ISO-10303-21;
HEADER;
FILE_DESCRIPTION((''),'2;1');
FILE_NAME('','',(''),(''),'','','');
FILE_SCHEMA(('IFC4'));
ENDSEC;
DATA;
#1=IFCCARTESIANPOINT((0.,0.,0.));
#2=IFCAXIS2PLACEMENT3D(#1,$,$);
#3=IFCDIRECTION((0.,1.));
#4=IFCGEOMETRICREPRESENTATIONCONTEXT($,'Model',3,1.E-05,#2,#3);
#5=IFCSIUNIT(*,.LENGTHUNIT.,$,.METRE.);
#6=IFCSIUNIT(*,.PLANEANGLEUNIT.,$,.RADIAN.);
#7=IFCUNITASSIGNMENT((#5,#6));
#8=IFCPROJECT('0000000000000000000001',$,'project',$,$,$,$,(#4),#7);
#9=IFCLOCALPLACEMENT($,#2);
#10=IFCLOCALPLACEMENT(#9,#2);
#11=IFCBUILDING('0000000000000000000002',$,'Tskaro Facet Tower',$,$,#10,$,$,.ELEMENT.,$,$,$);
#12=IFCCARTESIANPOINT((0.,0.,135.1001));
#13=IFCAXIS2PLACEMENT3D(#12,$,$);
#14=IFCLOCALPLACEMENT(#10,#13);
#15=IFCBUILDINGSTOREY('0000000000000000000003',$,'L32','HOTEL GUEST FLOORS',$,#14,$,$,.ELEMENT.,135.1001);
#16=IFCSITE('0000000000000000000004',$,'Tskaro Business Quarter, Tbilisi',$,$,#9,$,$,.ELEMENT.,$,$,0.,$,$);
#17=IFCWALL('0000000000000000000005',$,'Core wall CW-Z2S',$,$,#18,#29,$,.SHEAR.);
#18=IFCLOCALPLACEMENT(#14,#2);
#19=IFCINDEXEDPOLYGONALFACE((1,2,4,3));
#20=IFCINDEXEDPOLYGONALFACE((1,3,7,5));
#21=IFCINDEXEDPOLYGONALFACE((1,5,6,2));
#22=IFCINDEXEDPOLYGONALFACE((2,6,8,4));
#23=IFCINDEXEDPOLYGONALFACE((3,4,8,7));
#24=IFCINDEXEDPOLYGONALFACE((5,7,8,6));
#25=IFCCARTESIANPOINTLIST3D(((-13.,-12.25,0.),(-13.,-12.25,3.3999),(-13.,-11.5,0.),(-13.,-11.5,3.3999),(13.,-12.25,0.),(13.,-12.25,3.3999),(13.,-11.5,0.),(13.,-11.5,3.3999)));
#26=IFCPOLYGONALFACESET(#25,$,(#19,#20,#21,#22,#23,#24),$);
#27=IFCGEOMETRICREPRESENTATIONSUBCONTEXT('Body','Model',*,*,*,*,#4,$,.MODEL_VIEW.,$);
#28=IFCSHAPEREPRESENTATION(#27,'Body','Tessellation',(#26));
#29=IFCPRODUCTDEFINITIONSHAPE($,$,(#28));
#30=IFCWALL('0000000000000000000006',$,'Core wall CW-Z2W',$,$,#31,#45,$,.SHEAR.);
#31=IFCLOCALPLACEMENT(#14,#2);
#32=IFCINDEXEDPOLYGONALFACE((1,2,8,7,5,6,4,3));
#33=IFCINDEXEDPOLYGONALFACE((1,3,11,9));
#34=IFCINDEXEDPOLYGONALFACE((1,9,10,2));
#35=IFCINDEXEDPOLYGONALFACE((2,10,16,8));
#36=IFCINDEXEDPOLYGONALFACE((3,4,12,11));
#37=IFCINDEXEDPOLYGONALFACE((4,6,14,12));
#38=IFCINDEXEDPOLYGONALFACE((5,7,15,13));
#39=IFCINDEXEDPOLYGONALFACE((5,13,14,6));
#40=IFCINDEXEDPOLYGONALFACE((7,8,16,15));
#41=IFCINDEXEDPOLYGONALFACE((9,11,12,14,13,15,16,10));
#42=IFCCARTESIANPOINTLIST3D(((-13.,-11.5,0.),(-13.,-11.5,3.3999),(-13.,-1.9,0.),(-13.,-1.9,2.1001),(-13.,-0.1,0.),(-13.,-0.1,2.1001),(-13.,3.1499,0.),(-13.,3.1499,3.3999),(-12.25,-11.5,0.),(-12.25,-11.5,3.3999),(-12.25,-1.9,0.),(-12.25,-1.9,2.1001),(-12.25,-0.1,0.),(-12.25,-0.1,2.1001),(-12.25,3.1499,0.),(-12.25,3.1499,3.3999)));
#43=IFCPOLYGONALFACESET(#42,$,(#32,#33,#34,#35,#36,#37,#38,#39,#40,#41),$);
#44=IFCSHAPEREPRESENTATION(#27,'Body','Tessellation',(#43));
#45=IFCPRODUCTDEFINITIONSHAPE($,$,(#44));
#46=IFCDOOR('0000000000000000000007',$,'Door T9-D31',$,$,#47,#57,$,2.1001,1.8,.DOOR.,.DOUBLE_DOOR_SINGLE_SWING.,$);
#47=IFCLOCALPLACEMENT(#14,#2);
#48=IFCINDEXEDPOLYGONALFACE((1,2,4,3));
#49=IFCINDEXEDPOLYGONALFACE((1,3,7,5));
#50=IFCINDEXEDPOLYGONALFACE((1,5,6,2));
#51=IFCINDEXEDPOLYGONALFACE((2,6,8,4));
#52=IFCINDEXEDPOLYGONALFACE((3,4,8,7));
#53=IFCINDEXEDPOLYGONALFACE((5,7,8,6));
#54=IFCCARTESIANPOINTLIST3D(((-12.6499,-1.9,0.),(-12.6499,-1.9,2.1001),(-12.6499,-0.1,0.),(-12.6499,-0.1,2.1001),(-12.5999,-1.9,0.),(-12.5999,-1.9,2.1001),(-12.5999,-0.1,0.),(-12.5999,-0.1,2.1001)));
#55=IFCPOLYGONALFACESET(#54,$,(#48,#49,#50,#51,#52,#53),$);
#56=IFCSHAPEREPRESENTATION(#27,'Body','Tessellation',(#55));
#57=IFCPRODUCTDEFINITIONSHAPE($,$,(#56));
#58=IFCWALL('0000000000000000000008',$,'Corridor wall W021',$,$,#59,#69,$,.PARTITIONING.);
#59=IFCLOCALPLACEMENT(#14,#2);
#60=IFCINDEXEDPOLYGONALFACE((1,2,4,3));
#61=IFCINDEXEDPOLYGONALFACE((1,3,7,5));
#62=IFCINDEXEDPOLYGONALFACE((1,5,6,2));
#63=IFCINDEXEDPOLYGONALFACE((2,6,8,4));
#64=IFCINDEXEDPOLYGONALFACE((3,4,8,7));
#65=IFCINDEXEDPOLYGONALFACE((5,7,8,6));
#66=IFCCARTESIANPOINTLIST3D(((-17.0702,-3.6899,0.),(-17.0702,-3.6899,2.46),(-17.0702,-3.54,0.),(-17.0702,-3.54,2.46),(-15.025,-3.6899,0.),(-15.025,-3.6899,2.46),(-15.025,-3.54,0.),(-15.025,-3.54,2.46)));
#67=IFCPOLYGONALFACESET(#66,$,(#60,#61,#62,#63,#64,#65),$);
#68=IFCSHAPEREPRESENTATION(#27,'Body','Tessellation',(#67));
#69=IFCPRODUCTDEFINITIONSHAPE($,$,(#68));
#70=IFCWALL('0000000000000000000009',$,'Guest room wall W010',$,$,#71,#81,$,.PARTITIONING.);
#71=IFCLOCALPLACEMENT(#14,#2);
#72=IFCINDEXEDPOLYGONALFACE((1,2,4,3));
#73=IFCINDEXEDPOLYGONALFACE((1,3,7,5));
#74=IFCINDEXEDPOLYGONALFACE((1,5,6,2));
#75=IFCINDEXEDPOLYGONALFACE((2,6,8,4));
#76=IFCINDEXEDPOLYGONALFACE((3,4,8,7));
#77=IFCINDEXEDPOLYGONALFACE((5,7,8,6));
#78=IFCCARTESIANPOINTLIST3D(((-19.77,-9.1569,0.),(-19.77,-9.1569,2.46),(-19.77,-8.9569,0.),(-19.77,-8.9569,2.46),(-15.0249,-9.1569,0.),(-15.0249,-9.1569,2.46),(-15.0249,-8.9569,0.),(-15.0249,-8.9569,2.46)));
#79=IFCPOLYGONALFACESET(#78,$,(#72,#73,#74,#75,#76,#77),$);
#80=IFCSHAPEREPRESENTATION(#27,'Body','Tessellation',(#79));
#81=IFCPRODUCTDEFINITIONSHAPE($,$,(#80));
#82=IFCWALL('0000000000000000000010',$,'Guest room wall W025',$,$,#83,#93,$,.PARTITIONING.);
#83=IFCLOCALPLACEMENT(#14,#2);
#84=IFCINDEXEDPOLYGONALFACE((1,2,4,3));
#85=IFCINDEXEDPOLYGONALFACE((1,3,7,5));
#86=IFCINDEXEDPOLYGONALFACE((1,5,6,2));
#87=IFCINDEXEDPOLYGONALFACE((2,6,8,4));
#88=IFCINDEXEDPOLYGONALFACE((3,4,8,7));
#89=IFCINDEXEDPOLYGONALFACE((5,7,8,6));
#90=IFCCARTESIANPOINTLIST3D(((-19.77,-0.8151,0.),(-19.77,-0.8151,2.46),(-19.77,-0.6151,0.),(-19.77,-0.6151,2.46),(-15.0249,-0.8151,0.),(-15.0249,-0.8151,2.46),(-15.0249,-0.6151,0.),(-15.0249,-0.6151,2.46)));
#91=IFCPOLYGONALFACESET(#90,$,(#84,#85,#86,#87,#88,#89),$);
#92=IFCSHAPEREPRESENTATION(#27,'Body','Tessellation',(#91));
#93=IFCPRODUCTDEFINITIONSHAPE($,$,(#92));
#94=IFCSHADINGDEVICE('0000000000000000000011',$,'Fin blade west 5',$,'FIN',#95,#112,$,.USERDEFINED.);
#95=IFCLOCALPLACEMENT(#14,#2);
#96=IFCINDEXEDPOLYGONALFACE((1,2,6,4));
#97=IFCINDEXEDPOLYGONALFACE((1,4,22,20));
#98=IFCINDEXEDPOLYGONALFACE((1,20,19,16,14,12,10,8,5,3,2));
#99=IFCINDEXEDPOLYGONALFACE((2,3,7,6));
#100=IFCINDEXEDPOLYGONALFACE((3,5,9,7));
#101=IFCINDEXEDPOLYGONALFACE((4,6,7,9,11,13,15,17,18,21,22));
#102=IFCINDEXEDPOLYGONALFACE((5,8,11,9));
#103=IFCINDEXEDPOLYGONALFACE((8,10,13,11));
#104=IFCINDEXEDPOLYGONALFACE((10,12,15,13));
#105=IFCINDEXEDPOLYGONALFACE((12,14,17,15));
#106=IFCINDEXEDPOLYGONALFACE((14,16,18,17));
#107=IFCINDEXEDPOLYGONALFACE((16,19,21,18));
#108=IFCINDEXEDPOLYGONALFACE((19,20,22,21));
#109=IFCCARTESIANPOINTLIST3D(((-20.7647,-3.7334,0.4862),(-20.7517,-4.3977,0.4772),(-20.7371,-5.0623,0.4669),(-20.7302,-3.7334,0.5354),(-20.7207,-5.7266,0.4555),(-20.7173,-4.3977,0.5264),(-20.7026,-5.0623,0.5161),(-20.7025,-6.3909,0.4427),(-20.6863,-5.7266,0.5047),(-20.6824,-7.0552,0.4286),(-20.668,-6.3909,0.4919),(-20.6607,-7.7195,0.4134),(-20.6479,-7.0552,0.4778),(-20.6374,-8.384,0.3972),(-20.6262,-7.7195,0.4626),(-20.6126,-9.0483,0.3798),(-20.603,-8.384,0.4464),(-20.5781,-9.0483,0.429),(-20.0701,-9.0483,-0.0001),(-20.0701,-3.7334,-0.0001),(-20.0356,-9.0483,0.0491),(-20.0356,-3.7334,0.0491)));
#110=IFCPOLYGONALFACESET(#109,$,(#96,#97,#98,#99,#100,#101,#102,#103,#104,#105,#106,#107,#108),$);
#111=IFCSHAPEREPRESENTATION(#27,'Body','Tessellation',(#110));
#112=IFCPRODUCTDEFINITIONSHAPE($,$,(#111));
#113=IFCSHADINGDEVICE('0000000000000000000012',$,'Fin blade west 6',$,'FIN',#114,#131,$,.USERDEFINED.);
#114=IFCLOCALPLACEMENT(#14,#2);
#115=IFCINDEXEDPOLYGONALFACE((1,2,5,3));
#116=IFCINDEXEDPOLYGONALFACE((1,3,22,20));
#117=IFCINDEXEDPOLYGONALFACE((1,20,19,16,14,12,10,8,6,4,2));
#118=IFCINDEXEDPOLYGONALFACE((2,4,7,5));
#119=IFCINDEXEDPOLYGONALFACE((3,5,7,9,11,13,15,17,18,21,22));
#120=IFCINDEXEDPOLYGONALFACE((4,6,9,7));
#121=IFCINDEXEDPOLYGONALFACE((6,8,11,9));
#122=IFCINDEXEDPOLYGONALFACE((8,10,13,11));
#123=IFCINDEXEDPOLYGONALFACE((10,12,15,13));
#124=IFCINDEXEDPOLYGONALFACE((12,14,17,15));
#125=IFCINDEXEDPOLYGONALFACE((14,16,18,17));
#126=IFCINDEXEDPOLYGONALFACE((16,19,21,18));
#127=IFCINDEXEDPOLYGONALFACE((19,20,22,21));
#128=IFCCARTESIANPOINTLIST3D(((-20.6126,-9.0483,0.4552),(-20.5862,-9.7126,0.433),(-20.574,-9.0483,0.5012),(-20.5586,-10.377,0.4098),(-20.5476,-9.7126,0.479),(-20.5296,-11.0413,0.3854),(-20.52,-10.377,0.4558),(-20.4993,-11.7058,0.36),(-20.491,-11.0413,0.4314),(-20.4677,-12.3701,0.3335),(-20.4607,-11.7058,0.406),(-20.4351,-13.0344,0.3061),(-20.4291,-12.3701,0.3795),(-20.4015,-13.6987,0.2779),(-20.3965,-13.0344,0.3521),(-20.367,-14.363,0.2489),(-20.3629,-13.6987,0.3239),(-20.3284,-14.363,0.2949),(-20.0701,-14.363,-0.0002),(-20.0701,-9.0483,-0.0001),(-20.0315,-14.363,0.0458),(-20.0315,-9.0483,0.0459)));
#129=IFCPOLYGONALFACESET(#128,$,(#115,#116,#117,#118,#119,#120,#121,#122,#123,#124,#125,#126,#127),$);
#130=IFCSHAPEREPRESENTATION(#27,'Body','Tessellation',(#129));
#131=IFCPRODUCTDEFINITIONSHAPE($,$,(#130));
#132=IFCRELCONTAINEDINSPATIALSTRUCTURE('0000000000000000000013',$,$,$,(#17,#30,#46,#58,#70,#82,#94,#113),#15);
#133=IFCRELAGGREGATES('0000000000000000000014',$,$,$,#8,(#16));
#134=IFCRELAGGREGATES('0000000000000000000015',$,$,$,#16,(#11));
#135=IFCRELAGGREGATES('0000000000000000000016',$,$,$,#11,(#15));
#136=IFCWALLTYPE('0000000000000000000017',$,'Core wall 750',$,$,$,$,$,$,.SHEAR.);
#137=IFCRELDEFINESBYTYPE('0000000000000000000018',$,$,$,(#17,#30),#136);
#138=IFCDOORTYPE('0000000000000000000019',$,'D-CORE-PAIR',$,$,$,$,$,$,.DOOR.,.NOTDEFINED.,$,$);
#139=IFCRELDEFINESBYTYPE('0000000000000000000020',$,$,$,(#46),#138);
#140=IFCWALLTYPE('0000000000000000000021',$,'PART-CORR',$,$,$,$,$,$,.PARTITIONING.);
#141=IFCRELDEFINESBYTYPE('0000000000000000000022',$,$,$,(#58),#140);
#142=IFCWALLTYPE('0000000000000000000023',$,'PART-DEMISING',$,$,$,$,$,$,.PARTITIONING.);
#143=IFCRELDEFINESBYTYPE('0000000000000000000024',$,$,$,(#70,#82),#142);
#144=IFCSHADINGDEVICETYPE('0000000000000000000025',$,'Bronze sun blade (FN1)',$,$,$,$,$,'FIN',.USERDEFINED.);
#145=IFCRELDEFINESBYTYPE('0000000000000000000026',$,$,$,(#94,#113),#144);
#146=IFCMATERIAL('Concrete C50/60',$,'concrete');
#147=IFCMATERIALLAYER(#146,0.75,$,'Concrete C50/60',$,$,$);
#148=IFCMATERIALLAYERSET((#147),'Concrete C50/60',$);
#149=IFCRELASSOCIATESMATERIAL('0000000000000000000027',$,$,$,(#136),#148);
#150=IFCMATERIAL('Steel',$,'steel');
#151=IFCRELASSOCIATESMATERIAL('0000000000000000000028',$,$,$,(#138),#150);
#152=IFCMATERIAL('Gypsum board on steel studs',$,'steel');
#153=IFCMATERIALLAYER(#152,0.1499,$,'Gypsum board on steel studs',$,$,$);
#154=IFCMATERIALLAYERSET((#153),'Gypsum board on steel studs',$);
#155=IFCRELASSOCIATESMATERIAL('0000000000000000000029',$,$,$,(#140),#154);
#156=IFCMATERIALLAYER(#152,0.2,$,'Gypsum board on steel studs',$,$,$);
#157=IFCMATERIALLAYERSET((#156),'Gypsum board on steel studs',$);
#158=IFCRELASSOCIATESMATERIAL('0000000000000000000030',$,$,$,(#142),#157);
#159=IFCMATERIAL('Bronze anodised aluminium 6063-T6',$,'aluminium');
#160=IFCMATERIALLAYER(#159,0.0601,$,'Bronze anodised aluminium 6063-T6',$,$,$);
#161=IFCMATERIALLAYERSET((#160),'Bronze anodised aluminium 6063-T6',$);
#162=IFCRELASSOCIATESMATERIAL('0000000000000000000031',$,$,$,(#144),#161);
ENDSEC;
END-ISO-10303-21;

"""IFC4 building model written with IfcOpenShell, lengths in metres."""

from ifc_helpers import new_model, si_unit, direction, frame, frame_2d, origin, place, context, subcontext, project, spatial, polyline, rectangle, outline, extrude, material, layer, layer_set, type_object, element, fill, save


model = new_model("IFC4")

# Units and contexts
model_context = context("Model", 3, precision=1e-05, world=origin(), true_north=direction((0.0, 1.0)))
body_context = subcontext(model_context, "Body", "Model", "MODEL_VIEW")
ifc_project = project(units=[si_unit("LENGTHUNIT", "METRE"), si_unit("PLANEANGLEUNIT", "RADIAN")], contexts=[model_context])

# Site, building, storey
site_placement = place(None, origin())
site = spatial("IfcSite", under=ifc_project, at=site_placement, Name="Tskaro Business Quarter, Tbilisi", CompositionType="ELEMENT", RefElevation=0.0)
building_placement = place(site_placement, origin())
building = spatial("IfcBuilding", under=site, at=building_placement, Name="Tskaro Facet Tower", CompositionType="ELEMENT")
storey_placement = place(building_placement, frame((0.0, 0.0, 135.1001)))
storey = spatial("IfcBuildingStorey", under=building, at=storey_placement, Name="L32", Description="HOTEL GUEST FLOORS", CompositionType="ELEMENT", Elevation=135.1001)

# Shared definitions
ifc_material_1 = material(Name="Bronze anodised aluminium 6063-T6", Category="aluminium")

# Wall
ifc_material_2 = material(Name="Concrete C50/60", Category="concrete")
ifc_layer_1 = layer(ifc_material_2, 0.75, Name="Concrete C50/60")
ifc_layer_set_1 = layer_set([ifc_layer_1], Name="Concrete C50/60")
wall_type_1 = type_object("IfcWallType", Name="Core wall 750", PredefinedType="SHEAR", material=ifc_layer_set_1)
wall_1_placement = place(storey_placement, frame((-13.0, -11.875, 0.0), z_axis=(0.0, 0.0, 1.0), x_axis=(1.0, 0.0, 0.0)))
element("IfcWall", 1, at=wall_1_placement, inside=storey, type_object=wall_type_1, Name="Core wall CW-Z2S", PredefinedType="SHEAR", context=body_context, shape_type="SweptSolid", body=[
    extrude(rectangle(XDim=26.0, YDim=0.75, at=frame_2d((13.0, 0.0))), origin(), (0.0, 0.0, 1.0), 3.3999),
])

# Wall, opening, door
wall_2_placement = place(storey_placement, frame((-12.625, -11.5, 0.0), z_axis=(0.0, 0.0, 1.0), x_axis=(0.0, 1.0, 0.0)))
wall_2 = element("IfcWall", 2, at=wall_2_placement, inside=storey, type_object=wall_type_1, Name="Core wall CW-Z2W", PredefinedType="SHEAR", context=body_context, shape_type="SweptSolid", body=[
    extrude(rectangle(XDim=14.6499, YDim=0.75, at=frame_2d((7.325, 0.0))), origin(), (0.0, 0.0, 1.0), 3.3999),
])
opening_1_placement = place(wall_2_placement, frame((9.6001, 0.0, 0.0)))
opening_1 = element("IfcOpeningElement", 3, at=opening_1_placement, cuts=wall_2, PredefinedType="OPENING", context=body_context, shape_type="SweptSolid", body=[
    extrude(rectangle(XDim=1.8, YDim=2.1001, at=frame_2d((0.8999, 1.05))), frame((0.0, 0.385, 0.0), z_axis=(0.0, -1.0, 0.0), x_axis=(1.0, 0.0, 0.0)), (0.0, 0.0, 1.0), 0.77),
])
ifc_material_3 = material(Name="Steel", Category="steel")
door_type_1 = type_object("IfcDoorType", Name="D-CORE-PAIR", OperationType="NOTDEFINED", PredefinedType="DOOR", material=ifc_material_3)
door_1_placement = place(opening_1_placement, origin())
door_1 = element("IfcDoor", 4, at=door_1_placement, inside=storey, type_object=door_type_1, Name="Door T9-D31", OperationType="DOUBLE_DOOR_SINGLE_SWING", OverallHeight=2.1001, OverallWidth=1.8, PredefinedType="DOOR", context=body_context, shape_type="SweptSolid", body=[
    extrude(rectangle(XDim=1.8, YDim=2.1001, at=frame_2d((0.8999, 1.05))), frame((0.0, 0.0249, 0.0), z_axis=(0.0, -1.0, 0.0), x_axis=(1.0, 0.0, 0.0)), (0.0, 0.0, 1.0), 0.05),
])
fill(opening_1, door_1)

# Walls
ifc_material_4 = material(Name="Gypsum board on steel studs", Category="steel")
ifc_layer_2 = layer(ifc_material_4, 0.1499, Name="Gypsum board on steel studs")
ifc_layer_set_2 = layer_set([ifc_layer_2], Name="Gypsum board on steel studs")
wall_type_2 = type_object("IfcWallType", Name="PART-CORR", PredefinedType="PARTITIONING", material=ifc_layer_set_2)
wall_3_placement = place(storey_placement, frame((-17.0701, -3.615, 0.0), z_axis=(0.0, 0.0, 1.0), x_axis=(1.0, 0.0, 0.0)))
element("IfcWall", 5, at=wall_3_placement, inside=storey, type_object=wall_type_2, Name="Corridor wall W021", PredefinedType="PARTITIONING", context=body_context, shape_type="SweptSolid", body=[
    extrude(rectangle(XDim=2.0452, YDim=0.1499, at=frame_2d((1.0225, 0.0))), origin(), (0.0, 0.0, 1.0), 2.46),
])
ifc_layer_3 = layer(ifc_material_4, 0.2, Name="Gypsum board on steel studs")
ifc_layer_set_3 = layer_set([ifc_layer_3], Name="Gypsum board on steel studs")
wall_type_3 = type_object("IfcWallType", Name="PART-DEMISING", PredefinedType="PARTITIONING", material=ifc_layer_set_3)
for number, where, z_axis, x_axis, name in (
    (6, (-19.77, -9.0569, 0.0), (0.0, 0.0, 1.0), (1.0, 0.0, 0.0), "Guest room wall W010"),
    (7, (-19.77, -0.7151, 0.0), (0.0, 0.0, 1.0), (1.0, 0.0, 0.0), "Guest room wall W025"),
):
    element("IfcWall", number, at=place(storey_placement, frame(where, z_axis=z_axis, x_axis=x_axis)), inside=storey, type_object=wall_type_3, Name=name, PredefinedType="PARTITIONING", context=body_context, shape_type="SweptSolid", body=[
        extrude(rectangle(XDim=4.7451, YDim=0.2, at=frame_2d((2.3726, 0.0))), origin(), (0.0, 0.0, 1.0), 2.46),
    ])

# Shading devices
ifc_layer_4 = layer(ifc_material_1, 0.0601, Name="Bronze anodised aluminium 6063-T6")
ifc_layer_set_4 = layer_set([ifc_layer_4], Name="Bronze anodised aluminium 6063-T6")
shading_device_type = type_object("IfcShadingDeviceType", Name="Bronze sun blade (FN1)", ElementType="FIN", PredefinedType="USERDEFINED", material=ifc_layer_set_4)
shading_device_1_placement = place(storey_placement, frame((-20.0356, -3.7334, 0.0491), z_axis=(0.573584, 0.000004, 0.819147), x_axis=(0.000003, -1.0, 0.000004)))
element("IfcShadingDevice", 8, at=shading_device_1_placement, inside=storey, type_object=shading_device_type, Name="Fin blade west 5", ObjectType="FIN", PredefinedType="USERDEFINED", context=body_context, shape_type="SweptSolid", body=[
    extrude(outline(polyline([(0.0, 0.0), (5.3149, 0.0), (5.3149, -0.6623), (4.6506, -0.6926), (3.9861, -0.721), (3.3218, -0.7475), (2.6575, -0.772), (1.9932, -0.7943), (1.3289, -0.8143), (0.6643, -0.8321), (0.0, -0.8479), (0.0, 0.0)])), origin(), (0.0, 0.0, -1.0), 0.0601),
])
shading_device_2_placement = place(storey_placement, frame((-20.0315, -9.0483, 0.0459), z_axis=(0.64281, -0.000014, 0.766025), x_axis=(-0.000009, -1.0, -0.000011)))
element("IfcShadingDevice", 9, at=shading_device_2_placement, inside=storey, type_object=shading_device_type, Name="Fin blade west 6", ObjectType="FIN", PredefinedType="USERDEFINED", context=body_context, shape_type="SweptSolid", body=[
    extrude(outline(polyline([(0.0, 0.0), (5.3147, 0.0), (5.3147, -0.3875), (4.6504, -0.4325), (3.9861, -0.4764), (3.3218, -0.519), (2.6575, -0.5603), (1.9929, -0.5998), (1.3286, -0.6377), (0.6643, -0.6738), (0.0, -0.7082), (0.0, 0.0)])), origin(), (0.0, 0.0, -1.0), 0.0601),
])

save(model, "model.ifc")
